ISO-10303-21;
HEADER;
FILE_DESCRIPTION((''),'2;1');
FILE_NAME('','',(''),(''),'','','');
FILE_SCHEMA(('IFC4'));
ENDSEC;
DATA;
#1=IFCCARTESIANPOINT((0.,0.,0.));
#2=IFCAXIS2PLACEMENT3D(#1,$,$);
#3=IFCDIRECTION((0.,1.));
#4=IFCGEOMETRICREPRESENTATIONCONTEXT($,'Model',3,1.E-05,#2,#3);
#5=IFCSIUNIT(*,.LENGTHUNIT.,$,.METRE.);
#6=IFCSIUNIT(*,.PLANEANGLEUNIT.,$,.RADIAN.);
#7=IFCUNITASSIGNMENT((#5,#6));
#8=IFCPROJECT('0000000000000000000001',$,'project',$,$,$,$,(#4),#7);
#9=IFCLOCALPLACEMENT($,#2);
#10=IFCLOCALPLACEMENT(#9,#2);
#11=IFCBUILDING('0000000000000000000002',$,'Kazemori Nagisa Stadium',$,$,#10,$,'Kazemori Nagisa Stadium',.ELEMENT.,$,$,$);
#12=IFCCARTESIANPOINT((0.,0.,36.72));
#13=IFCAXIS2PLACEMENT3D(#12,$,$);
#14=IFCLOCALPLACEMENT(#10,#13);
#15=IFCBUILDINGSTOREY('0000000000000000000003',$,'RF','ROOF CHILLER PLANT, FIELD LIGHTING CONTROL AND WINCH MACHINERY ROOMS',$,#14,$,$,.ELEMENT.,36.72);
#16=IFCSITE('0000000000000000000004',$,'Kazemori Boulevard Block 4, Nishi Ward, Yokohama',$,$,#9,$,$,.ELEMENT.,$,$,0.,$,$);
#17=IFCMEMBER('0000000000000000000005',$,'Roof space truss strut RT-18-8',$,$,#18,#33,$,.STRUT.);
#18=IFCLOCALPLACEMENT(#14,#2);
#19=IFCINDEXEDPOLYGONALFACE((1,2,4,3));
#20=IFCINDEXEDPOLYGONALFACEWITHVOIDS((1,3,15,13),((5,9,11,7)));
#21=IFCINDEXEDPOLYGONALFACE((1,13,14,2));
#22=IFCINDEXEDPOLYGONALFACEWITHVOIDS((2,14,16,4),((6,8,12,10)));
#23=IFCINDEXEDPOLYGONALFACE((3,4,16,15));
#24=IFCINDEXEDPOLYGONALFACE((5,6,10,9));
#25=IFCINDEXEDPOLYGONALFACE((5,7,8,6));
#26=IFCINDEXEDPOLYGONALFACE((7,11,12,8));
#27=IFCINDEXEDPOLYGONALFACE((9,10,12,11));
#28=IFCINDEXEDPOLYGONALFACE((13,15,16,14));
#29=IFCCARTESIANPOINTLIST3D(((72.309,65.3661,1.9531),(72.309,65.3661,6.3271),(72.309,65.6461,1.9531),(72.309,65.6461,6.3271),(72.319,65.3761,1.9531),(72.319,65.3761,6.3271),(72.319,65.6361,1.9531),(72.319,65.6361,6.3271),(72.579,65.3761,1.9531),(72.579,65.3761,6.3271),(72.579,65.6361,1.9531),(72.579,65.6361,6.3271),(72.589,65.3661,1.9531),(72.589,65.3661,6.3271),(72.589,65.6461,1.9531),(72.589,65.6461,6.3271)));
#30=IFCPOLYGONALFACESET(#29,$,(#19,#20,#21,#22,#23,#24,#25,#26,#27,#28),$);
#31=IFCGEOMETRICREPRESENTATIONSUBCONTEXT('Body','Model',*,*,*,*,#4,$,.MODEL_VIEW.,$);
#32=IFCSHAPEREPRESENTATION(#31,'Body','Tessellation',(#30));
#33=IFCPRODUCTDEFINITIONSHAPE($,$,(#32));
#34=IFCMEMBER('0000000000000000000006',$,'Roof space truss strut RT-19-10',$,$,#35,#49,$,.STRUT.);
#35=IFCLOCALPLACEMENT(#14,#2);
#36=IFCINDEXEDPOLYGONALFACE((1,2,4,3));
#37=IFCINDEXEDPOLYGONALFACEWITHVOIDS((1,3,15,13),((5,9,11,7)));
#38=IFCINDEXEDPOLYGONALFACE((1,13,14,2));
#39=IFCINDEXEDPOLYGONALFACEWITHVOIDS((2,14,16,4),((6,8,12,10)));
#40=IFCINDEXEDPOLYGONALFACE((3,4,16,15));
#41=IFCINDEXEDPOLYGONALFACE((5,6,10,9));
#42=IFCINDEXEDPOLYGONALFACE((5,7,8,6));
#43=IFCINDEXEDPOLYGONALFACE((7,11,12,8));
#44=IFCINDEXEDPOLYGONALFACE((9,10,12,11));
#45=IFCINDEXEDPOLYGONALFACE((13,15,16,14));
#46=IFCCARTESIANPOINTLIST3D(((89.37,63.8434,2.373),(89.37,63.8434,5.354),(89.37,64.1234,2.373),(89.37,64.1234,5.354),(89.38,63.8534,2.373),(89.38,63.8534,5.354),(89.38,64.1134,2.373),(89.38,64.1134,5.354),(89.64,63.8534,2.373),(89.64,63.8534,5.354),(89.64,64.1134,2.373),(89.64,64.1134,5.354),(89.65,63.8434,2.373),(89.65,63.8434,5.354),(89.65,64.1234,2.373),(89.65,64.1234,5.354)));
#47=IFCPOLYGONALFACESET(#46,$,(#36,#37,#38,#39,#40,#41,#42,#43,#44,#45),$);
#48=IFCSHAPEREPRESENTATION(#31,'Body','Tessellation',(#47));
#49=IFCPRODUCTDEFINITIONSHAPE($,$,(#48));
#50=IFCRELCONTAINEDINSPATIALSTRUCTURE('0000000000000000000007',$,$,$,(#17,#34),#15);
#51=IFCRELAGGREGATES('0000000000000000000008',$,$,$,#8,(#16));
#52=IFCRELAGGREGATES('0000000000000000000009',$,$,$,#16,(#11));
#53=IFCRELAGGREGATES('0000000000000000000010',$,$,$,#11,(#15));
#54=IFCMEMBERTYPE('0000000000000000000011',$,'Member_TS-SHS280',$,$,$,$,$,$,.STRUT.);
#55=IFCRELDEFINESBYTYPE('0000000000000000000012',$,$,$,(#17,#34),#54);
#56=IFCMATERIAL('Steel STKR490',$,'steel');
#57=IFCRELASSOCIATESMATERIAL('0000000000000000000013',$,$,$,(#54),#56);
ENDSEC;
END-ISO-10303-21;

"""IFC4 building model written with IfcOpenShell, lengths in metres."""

from ifc_helpers import new_model, si_unit, direction, frame, origin, origin_2d, place, context, subcontext, project, spatial, hollow_rectangle, extrude, material, material_profile, profile_set, type_object, element, save


model = new_model("IFC4")

# Units and contexts
model_context = context("Model", 3, precision=1e-05, world=origin(), true_north=direction((0.0, 1.0)))
body_context = subcontext(model_context, "Body", "Model", "MODEL_VIEW")
ifc_project = project(units=[si_unit("LENGTHUNIT", "METRE"), si_unit("PLANEANGLEUNIT", "RADIAN")], contexts=[model_context])

# Site, building, storey
site_placement = place(None, origin())
site = spatial("IfcSite", under=ifc_project, at=site_placement, Name="Kazemori Boulevard Block 4, Nishi Ward, Yokohama", CompositionType="ELEMENT", RefElevation=0.0)
building_placement = place(site_placement, origin())
building = spatial("IfcBuilding", under=site, at=building_placement, Name="Kazemori Nagisa Stadium", LongName="Kazemori Nagisa Stadium", CompositionType="ELEMENT")
storey_placement = place(building_placement, frame((0.0, 0.0, 36.72)))
storey = spatial("IfcBuildingStorey", under=building, at=storey_placement, Name="RF", Description="ROOF CHILLER PLANT, FIELD LIGHTING CONTROL AND WINCH MACHINERY ROOMS", CompositionType="ELEMENT", Elevation=36.72)

# Members
ifc_material_1 = material(Name="Steel STKR490", Category="steel")
ifc_material_profile_1 = material_profile(ifc_material_1, hollow_rectangle(XDim=0.28, YDim=0.28, WallThickness=0.01, at=origin_2d()), Name="SHS-280x280x10")
ifc_profile_set_1 = profile_set([ifc_material_profile_1], Name="Steel STKR490")
member_type_1 = type_object("IfcMemberType", Name="Member_TS-SHS280", PredefinedType="STRUT", material=ifc_profile_set_1)
member_1_placement = place(storey_placement, frame((72.449, 65.5061, 1.9531), z_axis=(0.0, 0.0, 1.0), x_axis=(1.0, 0.0, 0.0)))
element("IfcMember", 1, at=member_1_placement, inside=storey, type_object=member_type_1, Name="Roof space truss strut RT-18-8", PredefinedType="STRUT", context=body_context, shape_type="SweptSolid", body=[
    extrude(hollow_rectangle(XDim=0.28, YDim=0.28, WallThickness=0.01, at=origin_2d()), origin(), (0.0, 0.0, 1.0), 4.374),
])
member_2_placement = place(storey_placement, frame((89.51, 63.9834, 2.373), z_axis=(0.0, 0.0, 1.0), x_axis=(1.0, 0.0, 0.0)))
element("IfcMember", 2, at=member_2_placement, inside=storey, type_object=member_type_1, Name="Roof space truss strut RT-19-10", PredefinedType="STRUT", context=body_context, shape_type="SweptSolid", body=[
    extrude(hollow_rectangle(XDim=0.28, YDim=0.28, WallThickness=0.01, at=origin_2d()), origin(), (0.0, 0.0, 1.0), 2.981),
])

save(model, "model.ifc")
